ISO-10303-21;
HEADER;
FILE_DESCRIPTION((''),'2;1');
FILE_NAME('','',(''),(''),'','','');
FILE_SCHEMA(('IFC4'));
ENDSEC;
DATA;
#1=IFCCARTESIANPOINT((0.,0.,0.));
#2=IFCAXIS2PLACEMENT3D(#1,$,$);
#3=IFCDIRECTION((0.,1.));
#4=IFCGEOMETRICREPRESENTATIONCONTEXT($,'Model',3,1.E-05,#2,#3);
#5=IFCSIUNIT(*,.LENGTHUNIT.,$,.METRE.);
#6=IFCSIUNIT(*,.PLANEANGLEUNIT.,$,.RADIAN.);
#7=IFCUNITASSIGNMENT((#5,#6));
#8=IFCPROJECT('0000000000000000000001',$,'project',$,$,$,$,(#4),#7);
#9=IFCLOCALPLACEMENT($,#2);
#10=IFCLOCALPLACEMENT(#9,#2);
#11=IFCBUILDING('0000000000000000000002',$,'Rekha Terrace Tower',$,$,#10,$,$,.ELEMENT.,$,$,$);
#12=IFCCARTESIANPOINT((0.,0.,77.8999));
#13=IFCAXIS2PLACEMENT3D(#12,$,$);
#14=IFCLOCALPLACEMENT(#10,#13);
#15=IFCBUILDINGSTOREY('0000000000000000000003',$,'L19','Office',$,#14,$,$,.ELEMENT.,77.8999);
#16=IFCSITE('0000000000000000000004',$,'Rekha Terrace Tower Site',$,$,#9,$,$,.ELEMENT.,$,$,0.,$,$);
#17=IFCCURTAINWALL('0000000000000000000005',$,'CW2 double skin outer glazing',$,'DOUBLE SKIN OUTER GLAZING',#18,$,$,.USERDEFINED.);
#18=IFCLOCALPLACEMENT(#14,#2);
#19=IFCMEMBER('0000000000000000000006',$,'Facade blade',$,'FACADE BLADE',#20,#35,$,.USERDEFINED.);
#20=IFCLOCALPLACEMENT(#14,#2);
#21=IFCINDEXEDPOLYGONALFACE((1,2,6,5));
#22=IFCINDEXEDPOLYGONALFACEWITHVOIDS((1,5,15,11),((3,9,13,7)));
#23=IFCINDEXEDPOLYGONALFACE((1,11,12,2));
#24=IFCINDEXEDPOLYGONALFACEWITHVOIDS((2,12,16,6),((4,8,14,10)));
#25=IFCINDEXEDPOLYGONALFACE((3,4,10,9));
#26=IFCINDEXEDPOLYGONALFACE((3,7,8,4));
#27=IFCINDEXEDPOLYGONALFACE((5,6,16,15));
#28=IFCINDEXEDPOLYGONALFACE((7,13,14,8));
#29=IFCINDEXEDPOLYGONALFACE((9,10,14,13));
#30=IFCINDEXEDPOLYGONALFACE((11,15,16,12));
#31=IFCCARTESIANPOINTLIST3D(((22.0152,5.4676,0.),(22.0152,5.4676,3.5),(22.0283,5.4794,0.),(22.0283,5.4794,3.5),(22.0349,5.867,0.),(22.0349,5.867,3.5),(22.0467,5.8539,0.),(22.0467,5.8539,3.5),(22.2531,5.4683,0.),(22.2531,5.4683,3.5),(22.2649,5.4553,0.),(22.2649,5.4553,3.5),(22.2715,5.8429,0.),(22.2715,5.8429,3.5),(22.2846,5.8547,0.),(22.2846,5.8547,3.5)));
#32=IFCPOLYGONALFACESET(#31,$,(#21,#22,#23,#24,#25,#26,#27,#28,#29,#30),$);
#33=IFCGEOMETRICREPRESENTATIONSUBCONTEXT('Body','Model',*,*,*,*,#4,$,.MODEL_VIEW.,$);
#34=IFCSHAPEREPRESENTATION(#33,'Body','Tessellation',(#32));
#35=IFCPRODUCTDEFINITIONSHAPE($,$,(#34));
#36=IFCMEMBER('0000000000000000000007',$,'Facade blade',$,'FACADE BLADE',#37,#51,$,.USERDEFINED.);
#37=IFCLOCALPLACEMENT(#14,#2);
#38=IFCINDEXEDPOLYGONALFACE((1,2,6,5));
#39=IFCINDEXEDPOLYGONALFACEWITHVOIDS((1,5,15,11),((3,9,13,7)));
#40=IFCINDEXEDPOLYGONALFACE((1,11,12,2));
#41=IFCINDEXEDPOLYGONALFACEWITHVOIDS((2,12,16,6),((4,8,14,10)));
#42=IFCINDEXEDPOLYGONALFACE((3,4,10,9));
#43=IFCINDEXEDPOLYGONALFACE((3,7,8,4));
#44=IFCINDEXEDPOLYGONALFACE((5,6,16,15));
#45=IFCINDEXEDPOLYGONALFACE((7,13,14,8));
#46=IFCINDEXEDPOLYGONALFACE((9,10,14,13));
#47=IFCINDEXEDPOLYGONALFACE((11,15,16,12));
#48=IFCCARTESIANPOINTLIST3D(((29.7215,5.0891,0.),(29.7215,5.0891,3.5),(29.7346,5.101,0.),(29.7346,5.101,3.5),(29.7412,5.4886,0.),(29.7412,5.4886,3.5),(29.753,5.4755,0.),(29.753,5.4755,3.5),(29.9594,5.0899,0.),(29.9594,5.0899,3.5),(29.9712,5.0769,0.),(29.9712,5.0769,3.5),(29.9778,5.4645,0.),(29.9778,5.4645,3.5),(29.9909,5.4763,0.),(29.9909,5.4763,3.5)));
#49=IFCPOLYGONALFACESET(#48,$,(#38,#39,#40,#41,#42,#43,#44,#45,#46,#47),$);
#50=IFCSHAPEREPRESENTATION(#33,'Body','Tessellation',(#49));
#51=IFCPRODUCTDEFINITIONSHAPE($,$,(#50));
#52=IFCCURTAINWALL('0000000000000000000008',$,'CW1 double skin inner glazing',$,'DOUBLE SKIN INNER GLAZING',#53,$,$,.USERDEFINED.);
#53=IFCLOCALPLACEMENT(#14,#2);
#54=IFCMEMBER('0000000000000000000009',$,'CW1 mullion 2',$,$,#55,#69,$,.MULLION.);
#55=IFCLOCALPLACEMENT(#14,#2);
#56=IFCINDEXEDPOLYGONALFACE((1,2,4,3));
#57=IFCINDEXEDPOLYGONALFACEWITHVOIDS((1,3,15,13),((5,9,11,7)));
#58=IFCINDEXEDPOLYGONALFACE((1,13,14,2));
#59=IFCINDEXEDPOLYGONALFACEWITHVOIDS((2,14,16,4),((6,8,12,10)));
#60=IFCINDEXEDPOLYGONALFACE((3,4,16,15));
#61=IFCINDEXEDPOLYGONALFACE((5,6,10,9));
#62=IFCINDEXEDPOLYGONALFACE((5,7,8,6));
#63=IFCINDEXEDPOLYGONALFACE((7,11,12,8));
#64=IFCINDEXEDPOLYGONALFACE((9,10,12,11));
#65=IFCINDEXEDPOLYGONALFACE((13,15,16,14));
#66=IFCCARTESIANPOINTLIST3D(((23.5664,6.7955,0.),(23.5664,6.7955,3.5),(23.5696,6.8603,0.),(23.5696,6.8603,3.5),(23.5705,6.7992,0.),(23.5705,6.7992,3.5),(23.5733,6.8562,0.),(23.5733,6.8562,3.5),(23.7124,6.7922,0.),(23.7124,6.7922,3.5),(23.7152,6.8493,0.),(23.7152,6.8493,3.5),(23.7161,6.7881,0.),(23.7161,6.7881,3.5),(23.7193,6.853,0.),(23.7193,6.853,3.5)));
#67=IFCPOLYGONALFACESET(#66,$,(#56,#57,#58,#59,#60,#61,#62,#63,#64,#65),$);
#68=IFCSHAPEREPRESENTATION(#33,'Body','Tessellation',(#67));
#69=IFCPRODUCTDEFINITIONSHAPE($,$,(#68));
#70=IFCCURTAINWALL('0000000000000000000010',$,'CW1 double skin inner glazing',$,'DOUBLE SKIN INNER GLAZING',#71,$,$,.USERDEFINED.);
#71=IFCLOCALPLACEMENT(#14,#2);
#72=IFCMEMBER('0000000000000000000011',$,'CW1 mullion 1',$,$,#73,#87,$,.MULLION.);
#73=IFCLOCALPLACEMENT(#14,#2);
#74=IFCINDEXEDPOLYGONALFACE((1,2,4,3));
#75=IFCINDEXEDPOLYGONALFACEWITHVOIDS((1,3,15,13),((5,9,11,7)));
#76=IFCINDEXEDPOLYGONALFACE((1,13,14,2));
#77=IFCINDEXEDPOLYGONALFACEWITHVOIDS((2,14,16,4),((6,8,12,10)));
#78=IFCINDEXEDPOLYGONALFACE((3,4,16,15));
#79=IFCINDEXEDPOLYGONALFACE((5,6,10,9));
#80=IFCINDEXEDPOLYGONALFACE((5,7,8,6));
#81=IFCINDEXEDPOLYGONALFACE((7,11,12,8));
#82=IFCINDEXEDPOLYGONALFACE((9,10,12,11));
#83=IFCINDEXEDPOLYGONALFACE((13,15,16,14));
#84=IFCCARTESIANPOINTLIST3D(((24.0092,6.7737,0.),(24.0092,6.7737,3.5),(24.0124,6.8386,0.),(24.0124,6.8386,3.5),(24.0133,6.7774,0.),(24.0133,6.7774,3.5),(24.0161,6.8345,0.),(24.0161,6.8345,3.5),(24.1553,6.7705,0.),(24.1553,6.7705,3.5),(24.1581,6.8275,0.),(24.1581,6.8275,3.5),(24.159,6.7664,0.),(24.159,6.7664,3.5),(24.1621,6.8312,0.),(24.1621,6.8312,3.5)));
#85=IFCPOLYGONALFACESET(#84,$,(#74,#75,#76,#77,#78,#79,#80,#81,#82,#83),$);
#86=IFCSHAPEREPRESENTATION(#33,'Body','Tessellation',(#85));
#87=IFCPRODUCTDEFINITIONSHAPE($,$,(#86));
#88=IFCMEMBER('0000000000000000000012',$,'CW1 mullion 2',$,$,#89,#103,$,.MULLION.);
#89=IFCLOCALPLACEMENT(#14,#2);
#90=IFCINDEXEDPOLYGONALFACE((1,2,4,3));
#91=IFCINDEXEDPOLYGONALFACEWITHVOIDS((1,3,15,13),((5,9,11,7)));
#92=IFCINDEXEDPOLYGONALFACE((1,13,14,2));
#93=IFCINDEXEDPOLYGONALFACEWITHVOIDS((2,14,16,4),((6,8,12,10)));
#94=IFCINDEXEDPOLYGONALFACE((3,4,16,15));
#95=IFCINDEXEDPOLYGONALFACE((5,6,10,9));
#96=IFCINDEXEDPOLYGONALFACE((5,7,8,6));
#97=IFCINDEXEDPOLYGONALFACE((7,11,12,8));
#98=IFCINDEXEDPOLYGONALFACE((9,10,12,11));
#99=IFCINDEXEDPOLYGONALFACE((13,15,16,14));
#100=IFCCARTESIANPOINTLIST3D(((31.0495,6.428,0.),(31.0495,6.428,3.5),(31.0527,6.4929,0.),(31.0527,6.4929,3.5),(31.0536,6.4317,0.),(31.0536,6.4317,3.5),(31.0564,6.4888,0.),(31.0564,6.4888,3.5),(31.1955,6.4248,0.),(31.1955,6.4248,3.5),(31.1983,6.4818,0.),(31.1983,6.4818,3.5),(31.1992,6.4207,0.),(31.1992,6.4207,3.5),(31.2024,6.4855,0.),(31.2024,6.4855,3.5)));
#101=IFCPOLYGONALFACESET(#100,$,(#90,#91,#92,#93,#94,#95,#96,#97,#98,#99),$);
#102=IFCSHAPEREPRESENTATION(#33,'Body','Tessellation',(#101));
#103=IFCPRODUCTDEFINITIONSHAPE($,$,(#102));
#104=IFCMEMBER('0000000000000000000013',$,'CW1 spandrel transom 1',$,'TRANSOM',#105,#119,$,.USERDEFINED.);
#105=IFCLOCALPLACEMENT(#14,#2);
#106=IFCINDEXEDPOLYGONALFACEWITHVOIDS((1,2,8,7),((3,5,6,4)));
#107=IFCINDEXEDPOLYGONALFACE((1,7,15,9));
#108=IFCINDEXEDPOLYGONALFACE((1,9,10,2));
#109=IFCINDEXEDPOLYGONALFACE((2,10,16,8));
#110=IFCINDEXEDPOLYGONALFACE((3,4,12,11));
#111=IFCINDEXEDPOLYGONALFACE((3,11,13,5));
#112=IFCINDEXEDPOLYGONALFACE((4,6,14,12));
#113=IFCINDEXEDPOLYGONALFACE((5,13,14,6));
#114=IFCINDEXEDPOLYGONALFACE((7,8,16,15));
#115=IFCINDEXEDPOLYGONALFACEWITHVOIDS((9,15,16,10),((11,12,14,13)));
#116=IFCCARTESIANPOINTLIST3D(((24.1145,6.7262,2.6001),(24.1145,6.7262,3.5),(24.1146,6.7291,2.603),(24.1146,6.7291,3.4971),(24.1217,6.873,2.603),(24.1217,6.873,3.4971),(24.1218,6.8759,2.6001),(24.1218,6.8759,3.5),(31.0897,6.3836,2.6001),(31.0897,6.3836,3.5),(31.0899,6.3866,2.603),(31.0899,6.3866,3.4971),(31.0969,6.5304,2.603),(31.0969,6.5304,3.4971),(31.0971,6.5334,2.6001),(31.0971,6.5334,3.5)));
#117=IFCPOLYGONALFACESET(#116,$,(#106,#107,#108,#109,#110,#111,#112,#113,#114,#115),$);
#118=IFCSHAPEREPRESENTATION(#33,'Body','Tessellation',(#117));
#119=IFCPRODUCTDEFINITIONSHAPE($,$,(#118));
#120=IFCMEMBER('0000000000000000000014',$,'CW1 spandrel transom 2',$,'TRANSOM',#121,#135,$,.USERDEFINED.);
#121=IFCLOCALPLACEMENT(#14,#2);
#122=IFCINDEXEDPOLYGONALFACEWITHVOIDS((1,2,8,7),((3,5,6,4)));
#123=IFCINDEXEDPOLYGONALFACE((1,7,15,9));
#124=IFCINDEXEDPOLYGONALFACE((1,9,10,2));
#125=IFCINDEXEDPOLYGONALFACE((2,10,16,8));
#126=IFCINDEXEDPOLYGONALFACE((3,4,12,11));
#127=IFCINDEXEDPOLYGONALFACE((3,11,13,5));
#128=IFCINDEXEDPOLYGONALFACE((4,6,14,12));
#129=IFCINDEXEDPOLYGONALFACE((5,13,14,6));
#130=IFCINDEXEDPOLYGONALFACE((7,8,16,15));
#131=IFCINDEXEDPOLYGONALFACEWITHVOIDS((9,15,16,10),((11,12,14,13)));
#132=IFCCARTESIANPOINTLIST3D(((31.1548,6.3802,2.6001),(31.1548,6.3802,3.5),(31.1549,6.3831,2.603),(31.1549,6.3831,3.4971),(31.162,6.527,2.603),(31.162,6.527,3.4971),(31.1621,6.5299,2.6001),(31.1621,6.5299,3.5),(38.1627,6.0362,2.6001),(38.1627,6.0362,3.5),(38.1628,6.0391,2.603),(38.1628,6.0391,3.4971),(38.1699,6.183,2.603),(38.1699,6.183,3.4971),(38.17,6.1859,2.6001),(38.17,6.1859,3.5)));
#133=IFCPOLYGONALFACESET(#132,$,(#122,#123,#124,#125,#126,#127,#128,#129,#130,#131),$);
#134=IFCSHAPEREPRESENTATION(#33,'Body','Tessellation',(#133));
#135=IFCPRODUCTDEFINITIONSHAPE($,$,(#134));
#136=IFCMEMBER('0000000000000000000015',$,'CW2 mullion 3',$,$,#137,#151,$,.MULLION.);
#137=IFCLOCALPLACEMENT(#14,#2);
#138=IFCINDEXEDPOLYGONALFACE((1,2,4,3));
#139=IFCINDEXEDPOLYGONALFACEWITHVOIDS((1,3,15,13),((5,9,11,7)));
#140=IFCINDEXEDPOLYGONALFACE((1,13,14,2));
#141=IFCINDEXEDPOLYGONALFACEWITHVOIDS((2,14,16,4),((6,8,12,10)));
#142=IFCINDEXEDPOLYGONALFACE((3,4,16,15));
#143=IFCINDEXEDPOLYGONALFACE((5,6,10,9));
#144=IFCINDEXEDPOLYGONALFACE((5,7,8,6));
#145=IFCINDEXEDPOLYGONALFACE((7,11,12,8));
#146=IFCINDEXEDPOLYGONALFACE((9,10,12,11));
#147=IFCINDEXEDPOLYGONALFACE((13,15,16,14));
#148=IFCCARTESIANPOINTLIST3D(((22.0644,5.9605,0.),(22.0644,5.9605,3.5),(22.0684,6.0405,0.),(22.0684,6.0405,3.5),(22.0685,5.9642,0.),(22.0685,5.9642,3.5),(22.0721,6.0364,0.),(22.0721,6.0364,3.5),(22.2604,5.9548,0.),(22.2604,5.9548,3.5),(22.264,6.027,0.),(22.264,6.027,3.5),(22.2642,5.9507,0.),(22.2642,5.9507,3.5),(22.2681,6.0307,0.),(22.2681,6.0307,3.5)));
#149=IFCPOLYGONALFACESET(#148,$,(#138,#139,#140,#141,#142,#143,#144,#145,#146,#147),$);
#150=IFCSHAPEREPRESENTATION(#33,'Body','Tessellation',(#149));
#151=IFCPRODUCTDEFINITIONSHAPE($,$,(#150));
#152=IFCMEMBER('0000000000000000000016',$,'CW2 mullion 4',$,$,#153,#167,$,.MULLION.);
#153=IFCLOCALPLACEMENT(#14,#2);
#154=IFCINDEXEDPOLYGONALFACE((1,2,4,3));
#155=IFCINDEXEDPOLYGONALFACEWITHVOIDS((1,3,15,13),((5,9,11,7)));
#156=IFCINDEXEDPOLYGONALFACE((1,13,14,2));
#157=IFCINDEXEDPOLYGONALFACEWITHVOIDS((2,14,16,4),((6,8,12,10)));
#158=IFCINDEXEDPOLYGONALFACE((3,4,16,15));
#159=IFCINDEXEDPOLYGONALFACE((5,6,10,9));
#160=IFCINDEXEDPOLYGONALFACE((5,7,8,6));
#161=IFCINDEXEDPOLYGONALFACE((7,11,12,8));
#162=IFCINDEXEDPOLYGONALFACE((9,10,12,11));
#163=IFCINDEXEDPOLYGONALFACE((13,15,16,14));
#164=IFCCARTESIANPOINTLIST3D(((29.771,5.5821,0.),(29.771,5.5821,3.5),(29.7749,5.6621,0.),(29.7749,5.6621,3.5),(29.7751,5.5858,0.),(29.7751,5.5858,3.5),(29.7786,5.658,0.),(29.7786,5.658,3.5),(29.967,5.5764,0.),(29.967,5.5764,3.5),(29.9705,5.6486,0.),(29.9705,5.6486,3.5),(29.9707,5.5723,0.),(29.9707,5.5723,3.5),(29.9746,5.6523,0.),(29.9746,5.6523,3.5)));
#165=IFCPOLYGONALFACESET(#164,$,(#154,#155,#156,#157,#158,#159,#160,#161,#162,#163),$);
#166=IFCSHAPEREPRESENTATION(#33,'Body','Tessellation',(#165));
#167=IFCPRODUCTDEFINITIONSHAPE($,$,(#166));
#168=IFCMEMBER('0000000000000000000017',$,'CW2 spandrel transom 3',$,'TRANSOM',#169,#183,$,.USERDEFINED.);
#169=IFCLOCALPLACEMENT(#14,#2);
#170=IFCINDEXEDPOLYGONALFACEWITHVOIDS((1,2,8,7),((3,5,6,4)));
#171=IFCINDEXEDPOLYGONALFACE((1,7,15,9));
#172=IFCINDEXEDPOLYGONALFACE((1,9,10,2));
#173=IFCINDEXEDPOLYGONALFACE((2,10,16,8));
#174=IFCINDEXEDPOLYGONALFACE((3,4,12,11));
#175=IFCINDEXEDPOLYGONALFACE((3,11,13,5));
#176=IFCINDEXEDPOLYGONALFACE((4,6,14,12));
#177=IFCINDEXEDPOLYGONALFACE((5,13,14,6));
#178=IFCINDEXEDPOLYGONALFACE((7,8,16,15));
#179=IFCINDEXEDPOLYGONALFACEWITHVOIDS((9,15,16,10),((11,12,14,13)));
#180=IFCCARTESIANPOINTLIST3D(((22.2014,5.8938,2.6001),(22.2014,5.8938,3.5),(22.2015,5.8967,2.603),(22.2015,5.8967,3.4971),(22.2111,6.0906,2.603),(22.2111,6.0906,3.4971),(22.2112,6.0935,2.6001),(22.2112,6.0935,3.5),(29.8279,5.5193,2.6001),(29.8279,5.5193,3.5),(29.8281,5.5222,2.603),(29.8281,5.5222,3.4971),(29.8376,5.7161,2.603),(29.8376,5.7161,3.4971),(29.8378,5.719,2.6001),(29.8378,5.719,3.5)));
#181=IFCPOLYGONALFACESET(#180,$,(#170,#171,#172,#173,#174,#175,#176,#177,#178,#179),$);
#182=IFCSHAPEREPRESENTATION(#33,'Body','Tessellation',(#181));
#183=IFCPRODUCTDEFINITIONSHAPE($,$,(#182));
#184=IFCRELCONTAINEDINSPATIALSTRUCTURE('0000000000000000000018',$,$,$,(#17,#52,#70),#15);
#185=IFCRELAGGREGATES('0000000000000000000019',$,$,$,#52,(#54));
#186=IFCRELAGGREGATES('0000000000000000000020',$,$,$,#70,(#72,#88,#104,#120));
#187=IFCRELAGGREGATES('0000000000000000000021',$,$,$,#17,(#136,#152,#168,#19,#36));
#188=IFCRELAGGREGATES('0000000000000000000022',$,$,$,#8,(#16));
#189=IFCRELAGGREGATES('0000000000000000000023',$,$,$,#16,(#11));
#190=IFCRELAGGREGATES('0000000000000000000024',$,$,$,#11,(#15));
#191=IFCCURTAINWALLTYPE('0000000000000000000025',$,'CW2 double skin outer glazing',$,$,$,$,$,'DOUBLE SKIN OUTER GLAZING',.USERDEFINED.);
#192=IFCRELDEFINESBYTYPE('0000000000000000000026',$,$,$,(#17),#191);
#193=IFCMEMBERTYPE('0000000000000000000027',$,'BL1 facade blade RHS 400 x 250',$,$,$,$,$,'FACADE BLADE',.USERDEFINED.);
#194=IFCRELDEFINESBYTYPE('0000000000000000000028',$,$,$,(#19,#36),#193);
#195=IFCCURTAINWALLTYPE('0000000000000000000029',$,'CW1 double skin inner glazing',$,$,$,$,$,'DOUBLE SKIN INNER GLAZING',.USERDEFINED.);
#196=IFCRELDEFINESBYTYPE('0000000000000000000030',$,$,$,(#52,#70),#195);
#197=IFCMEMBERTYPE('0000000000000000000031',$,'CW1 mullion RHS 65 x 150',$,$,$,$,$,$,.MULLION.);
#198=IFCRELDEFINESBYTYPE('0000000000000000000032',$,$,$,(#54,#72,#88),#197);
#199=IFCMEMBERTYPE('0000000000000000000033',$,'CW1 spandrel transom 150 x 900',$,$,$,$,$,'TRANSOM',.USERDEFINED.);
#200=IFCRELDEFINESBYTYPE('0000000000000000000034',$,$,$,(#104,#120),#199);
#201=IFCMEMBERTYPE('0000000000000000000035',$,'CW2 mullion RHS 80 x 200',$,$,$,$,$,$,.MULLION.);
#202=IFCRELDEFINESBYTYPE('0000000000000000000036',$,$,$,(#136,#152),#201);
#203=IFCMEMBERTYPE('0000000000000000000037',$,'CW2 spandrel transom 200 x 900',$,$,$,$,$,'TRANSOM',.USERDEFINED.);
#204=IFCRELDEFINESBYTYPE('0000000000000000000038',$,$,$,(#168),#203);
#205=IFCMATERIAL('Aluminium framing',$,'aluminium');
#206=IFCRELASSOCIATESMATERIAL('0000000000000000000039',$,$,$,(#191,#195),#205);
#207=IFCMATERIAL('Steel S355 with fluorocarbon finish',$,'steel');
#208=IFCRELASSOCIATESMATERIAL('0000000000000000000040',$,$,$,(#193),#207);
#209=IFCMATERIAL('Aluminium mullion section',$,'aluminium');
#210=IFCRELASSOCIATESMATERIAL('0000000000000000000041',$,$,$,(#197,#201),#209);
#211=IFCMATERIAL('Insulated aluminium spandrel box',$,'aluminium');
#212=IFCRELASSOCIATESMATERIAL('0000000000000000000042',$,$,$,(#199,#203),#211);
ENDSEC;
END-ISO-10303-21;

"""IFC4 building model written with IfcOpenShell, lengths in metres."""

from ifc_helpers import new_model, si_unit, direction, frame, origin, origin_2d, place, context, subcontext, project, spatial, hollow_rectangle, extrude, material, material_profile, profile_set, type_object, element, aggregate, save


model = new_model("IFC4")

# Units and contexts
model_context = context("Model", 3, precision=1e-05, world=origin(), true_north=direction((0.0, 1.0)))
body_context = subcontext(model_context, "Body", "Model", "MODEL_VIEW")
ifc_project = project(units=[si_unit("LENGTHUNIT", "METRE"), si_unit("PLANEANGLEUNIT", "RADIAN")], contexts=[model_context])

# Site, building, storey
site_placement = place(None, origin())
site = spatial("IfcSite", under=ifc_project, at=site_placement, Name="Rekha Terrace Tower Site", CompositionType="ELEMENT", RefElevation=0.0)
building_placement = place(site_placement, origin())
building = spatial("IfcBuilding", under=site, at=building_placement, Name="Rekha Terrace Tower", CompositionType="ELEMENT")
storey_placement = place(building_placement, frame((0.0, 0.0, 77.8999)))
storey = spatial("IfcBuildingStorey", under=building, at=storey_placement, Name="L19", Description="Office", CompositionType="ELEMENT", Elevation=77.8999)

# Curtain wall, members
ifc_material_1 = material(Name="Aluminium framing", Category="aluminium")
curtain_wall_type_1 = type_object("IfcCurtainWallType", Name="CW2 double skin outer glazing", ElementType="DOUBLE SKIN OUTER GLAZING", PredefinedType="USERDEFINED", material=ifc_material_1)
curtain_wall_1_placement = place(storey_placement, origin())
curtain_wall_1 = element("IfcCurtainWall", 1, at=curtain_wall_1_placement, inside=storey, type_object=curtain_wall_type_1, Name="CW2 double skin outer glazing", ObjectType="DOUBLE SKIN OUTER GLAZING", PredefinedType="USERDEFINED")
ifc_material_2 = material(Name="Steel S355 with fluorocarbon finish", Category="steel")
ifc_material_profile_1 = material_profile(ifc_material_2, hollow_rectangle(XDim=0.25, YDim=0.3999, WallThickness=0.0125, at=origin_2d()), Name="RHS400x250x12.5")
ifc_profile_set_1 = profile_set([ifc_material_profile_1], Name="Steel S355 with fluorocarbon finish")
member_type_1 = type_object("IfcMemberType", Name="BL1 facade blade RHS 400 x 250", ElementType="FACADE BLADE", PredefinedType="USERDEFINED", material=ifc_profile_set_1)
member_1_placement = place(storey_placement, frame((22.1499, 5.6611, 0.0), z_axis=(0.0, 0.0, 1.0), x_axis=(0.998796, -0.049052, 0.0)))
member_1 = element("IfcMember", 2, at=member_1_placement, type_object=member_type_1, Name="Facade blade", ObjectType="FACADE BLADE", PredefinedType="USERDEFINED", context=body_context, shape_type="SweptSolid", body=[
    extrude(hollow_rectangle(XDim=0.25, YDim=0.3999, WallThickness=0.0125, at=origin_2d()), origin(), (0.0, 0.0, 1.0), 3.5),
])
member_2_placement = place(storey_placement, frame((29.8562, 5.2827, 0.0), z_axis=(0.0, 0.0, 1.0), x_axis=(0.998796, -0.049052, 0.0)))
member_2 = element("IfcMember", 3, at=member_2_placement, type_object=member_type_1, Name="Facade blade", ObjectType="FACADE BLADE", PredefinedType="USERDEFINED", context=body_context, shape_type="SweptSolid", body=[
    extrude(hollow_rectangle(XDim=0.25, YDim=0.3999, WallThickness=0.0125, at=origin_2d()), origin(), (0.0, 0.0, 1.0), 3.5),
])

# Curtain wall, member
curtain_wall_type_2 = type_object("IfcCurtainWallType", Name="CW1 double skin inner glazing", ElementType="DOUBLE SKIN INNER GLAZING", PredefinedType="USERDEFINED", material=ifc_material_1)
curtain_wall_2_placement = place(storey_placement, origin())
curtain_wall_2 = element("IfcCurtainWall", 4, at=curtain_wall_2_placement, inside=storey, type_object=curtain_wall_type_2, Name="CW1 double skin inner glazing", ObjectType="DOUBLE SKIN INNER GLAZING", PredefinedType="USERDEFINED")
ifc_material_3 = material(Name="Aluminium mullion section", Category="aluminium")
ifc_material_profile_2 = material_profile(ifc_material_3, hollow_rectangle(XDim=0.0649, YDim=0.1499, WallThickness=0.0039, at=origin_2d()), Name="AL RHS 65x150")
ifc_profile_set_2 = profile_set([ifc_material_profile_2], Name="Aluminium mullion section")
member_type_2 = type_object("IfcMemberType", Name="CW1 mullion RHS 65 x 150", PredefinedType="MULLION", material=ifc_profile_set_2)
member_3_placement = place(storey_placement, frame((23.6428, 6.8242, 0.0), z_axis=(0.0, 0.0, 1.0), x_axis=(0.049052, 0.998796, 0.0)))
member_3 = element("IfcMember", 5, at=member_3_placement, type_object=member_type_2, Name="CW1 mullion 2", PredefinedType="MULLION", context=body_context, shape_type="SweptSolid", body=[
    extrude(hollow_rectangle(XDim=0.0649, YDim=0.1499, WallThickness=0.0039, at=origin_2d()), origin(), (0.0, 0.0, 1.0), 3.5),
])
aggregate(curtain_wall_2, [member_3])

# Curtain wall, members
curtain_wall_3_placement = place(storey_placement, origin())
curtain_wall_3 = element("IfcCurtainWall", 6, at=curtain_wall_3_placement, inside=storey, type_object=curtain_wall_type_2, Name="CW1 double skin inner glazing", ObjectType="DOUBLE SKIN INNER GLAZING", PredefinedType="USERDEFINED")
member_4_placement = place(storey_placement, frame((24.0857, 6.8025, 0.0), z_axis=(0.0, 0.0, 1.0), x_axis=(0.049052, 0.998796, 0.0)))
member_4 = element("IfcMember", 7, at=member_4_placement, type_object=member_type_2, Name="CW1 mullion 1", PredefinedType="MULLION", context=body_context, shape_type="SweptSolid", body=[
    extrude(hollow_rectangle(XDim=0.0649, YDim=0.1499, WallThickness=0.0039, at=origin_2d()), origin(), (0.0, 0.0, 1.0), 3.5),
])
member_5_placement = place(storey_placement, frame((31.126, 6.4568, 0.0), z_axis=(0.0, 0.0, 1.0), x_axis=(0.049052, 0.998796, 0.0)))
member_5 = element("IfcMember", 8, at=member_5_placement, type_object=member_type_2, Name="CW1 mullion 2", PredefinedType="MULLION", context=body_context, shape_type="SweptSolid", body=[
    extrude(hollow_rectangle(XDim=0.0649, YDim=0.1499, WallThickness=0.0039, at=origin_2d()), origin(), (0.0, 0.0, 1.0), 3.5),
])
ifc_material_4 = material(Name="Insulated aluminium spandrel box", Category="aluminium")
ifc_material_profile_3 = material_profile(ifc_material_4, hollow_rectangle(XDim=0.1499, YDim=0.8999, WallThickness=0.0029, at=origin_2d()), Name="AL SPANDREL BOX 150x900")
ifc_profile_set_3 = profile_set([ifc_material_profile_3], Name="Insulated aluminium spandrel box")
member_type_3 = type_object("IfcMemberType", Name="CW1 spandrel transom 150 x 900", ElementType="TRANSOM", PredefinedType="USERDEFINED", material=ifc_profile_set_3)
member_6_placement = place(storey_placement, frame((24.1182, 6.801, 3.05), z_axis=(0.998796, -0.049047, 0.0), x_axis=(0.049047, 0.998796, 0.0)))
member_6 = element("IfcMember", 9, at=member_6_placement, type_object=member_type_3, Name="CW1 spandrel transom 1", ObjectType="TRANSOM", PredefinedType="USERDEFINED", context=body_context, shape_type="SweptSolid", body=[
    extrude(hollow_rectangle(XDim=0.1499, YDim=0.8999, WallThickness=0.0029, at=origin_2d()), origin(), (0.0, 0.0, 1.0), 6.9836),
])
member_7_placement = place(storey_placement, frame((31.1584, 6.4551, 3.05), z_axis=(0.998797, -0.049028, 0.0), x_axis=(0.049028, 0.998797, 0.0)))
member_7 = element("IfcMember", 10, at=member_7_placement, type_object=member_type_3, Name="CW1 spandrel transom 2", ObjectType="TRANSOM", PredefinedType="USERDEFINED", context=body_context, shape_type="SweptSolid", body=[
    extrude(hollow_rectangle(XDim=0.1499, YDim=0.8999, WallThickness=0.0029, at=origin_2d()), origin(), (0.0, 0.0, 1.0), 7.0164),
])

# Members
ifc_material_profile_4 = material_profile(ifc_material_3, hollow_rectangle(XDim=0.0801, YDim=0.2, WallThickness=0.0039, at=origin_2d()), Name="AL RHS 80x200")
ifc_profile_set_4 = profile_set([ifc_material_profile_4], Name="Aluminium mullion section")
member_type_4 = type_object("IfcMemberType", Name="CW2 mullion RHS 80 x 200", PredefinedType="MULLION", material=ifc_profile_set_4)
member_8_placement = place(storey_placement, frame((22.1663, 5.9956, 0.0), z_axis=(0.0, 0.0, 1.0), x_axis=(0.049052, 0.998796, 0.0)))
member_8 = element("IfcMember", 11, at=member_8_placement, type_object=member_type_4, Name="CW2 mullion 3", PredefinedType="MULLION", context=body_context, shape_type="SweptSolid", body=[
    extrude(hollow_rectangle(XDim=0.0801, YDim=0.2, WallThickness=0.0039, at=origin_2d()), origin(), (0.0, 0.0, 1.0), 3.5),
])
member_9_placement = place(storey_placement, frame((29.8728, 5.6172, 0.0), z_axis=(0.0, 0.0, 1.0), x_axis=(0.049052, 0.998796, 0.0)))
member_9 = element("IfcMember", 12, at=member_9_placement, type_object=member_type_4, Name="CW2 mullion 4", PredefinedType="MULLION", context=body_context, shape_type="SweptSolid", body=[
    extrude(hollow_rectangle(XDim=0.0801, YDim=0.2, WallThickness=0.0039, at=origin_2d()), origin(), (0.0, 0.0, 1.0), 3.5),
])
ifc_material_profile_5 = material_profile(ifc_material_4, hollow_rectangle(XDim=0.2, YDim=0.8999, WallThickness=0.0029, at=origin_2d()), Name="AL SPANDREL BOX 200x900")
ifc_profile_set_5 = profile_set([ifc_material_profile_5], Name="Insulated aluminium spandrel box")
member_type_5 = type_object("IfcMemberType", Name="CW2 spandrel transom 200 x 900", ElementType="TRANSOM", PredefinedType="USERDEFINED", material=ifc_profile_set_5)
member_10_placement = place(storey_placement, frame((22.2063, 5.9937, 3.05), z_axis=(0.998796, -0.049048, 0.0), x_axis=(0.049048, 0.998796, 0.0)))
member_10 = element("IfcMember", 13, at=member_10_placement, type_object=member_type_5, Name="CW2 spandrel transom 3", ObjectType="TRANSOM", PredefinedType="USERDEFINED", context=body_context, shape_type="SweptSolid", body=[
    extrude(hollow_rectangle(XDim=0.2, YDim=0.8999, WallThickness=0.0029, at=origin_2d()), origin(), (0.0, 0.0, 1.0), 7.6357),
])

aggregate(curtain_wall_3, [member_4, member_5, member_6, member_7])
aggregate(curtain_wall_1, [member_8, member_9, member_10, member_1, member_2])

save(model, "model.ifc")
